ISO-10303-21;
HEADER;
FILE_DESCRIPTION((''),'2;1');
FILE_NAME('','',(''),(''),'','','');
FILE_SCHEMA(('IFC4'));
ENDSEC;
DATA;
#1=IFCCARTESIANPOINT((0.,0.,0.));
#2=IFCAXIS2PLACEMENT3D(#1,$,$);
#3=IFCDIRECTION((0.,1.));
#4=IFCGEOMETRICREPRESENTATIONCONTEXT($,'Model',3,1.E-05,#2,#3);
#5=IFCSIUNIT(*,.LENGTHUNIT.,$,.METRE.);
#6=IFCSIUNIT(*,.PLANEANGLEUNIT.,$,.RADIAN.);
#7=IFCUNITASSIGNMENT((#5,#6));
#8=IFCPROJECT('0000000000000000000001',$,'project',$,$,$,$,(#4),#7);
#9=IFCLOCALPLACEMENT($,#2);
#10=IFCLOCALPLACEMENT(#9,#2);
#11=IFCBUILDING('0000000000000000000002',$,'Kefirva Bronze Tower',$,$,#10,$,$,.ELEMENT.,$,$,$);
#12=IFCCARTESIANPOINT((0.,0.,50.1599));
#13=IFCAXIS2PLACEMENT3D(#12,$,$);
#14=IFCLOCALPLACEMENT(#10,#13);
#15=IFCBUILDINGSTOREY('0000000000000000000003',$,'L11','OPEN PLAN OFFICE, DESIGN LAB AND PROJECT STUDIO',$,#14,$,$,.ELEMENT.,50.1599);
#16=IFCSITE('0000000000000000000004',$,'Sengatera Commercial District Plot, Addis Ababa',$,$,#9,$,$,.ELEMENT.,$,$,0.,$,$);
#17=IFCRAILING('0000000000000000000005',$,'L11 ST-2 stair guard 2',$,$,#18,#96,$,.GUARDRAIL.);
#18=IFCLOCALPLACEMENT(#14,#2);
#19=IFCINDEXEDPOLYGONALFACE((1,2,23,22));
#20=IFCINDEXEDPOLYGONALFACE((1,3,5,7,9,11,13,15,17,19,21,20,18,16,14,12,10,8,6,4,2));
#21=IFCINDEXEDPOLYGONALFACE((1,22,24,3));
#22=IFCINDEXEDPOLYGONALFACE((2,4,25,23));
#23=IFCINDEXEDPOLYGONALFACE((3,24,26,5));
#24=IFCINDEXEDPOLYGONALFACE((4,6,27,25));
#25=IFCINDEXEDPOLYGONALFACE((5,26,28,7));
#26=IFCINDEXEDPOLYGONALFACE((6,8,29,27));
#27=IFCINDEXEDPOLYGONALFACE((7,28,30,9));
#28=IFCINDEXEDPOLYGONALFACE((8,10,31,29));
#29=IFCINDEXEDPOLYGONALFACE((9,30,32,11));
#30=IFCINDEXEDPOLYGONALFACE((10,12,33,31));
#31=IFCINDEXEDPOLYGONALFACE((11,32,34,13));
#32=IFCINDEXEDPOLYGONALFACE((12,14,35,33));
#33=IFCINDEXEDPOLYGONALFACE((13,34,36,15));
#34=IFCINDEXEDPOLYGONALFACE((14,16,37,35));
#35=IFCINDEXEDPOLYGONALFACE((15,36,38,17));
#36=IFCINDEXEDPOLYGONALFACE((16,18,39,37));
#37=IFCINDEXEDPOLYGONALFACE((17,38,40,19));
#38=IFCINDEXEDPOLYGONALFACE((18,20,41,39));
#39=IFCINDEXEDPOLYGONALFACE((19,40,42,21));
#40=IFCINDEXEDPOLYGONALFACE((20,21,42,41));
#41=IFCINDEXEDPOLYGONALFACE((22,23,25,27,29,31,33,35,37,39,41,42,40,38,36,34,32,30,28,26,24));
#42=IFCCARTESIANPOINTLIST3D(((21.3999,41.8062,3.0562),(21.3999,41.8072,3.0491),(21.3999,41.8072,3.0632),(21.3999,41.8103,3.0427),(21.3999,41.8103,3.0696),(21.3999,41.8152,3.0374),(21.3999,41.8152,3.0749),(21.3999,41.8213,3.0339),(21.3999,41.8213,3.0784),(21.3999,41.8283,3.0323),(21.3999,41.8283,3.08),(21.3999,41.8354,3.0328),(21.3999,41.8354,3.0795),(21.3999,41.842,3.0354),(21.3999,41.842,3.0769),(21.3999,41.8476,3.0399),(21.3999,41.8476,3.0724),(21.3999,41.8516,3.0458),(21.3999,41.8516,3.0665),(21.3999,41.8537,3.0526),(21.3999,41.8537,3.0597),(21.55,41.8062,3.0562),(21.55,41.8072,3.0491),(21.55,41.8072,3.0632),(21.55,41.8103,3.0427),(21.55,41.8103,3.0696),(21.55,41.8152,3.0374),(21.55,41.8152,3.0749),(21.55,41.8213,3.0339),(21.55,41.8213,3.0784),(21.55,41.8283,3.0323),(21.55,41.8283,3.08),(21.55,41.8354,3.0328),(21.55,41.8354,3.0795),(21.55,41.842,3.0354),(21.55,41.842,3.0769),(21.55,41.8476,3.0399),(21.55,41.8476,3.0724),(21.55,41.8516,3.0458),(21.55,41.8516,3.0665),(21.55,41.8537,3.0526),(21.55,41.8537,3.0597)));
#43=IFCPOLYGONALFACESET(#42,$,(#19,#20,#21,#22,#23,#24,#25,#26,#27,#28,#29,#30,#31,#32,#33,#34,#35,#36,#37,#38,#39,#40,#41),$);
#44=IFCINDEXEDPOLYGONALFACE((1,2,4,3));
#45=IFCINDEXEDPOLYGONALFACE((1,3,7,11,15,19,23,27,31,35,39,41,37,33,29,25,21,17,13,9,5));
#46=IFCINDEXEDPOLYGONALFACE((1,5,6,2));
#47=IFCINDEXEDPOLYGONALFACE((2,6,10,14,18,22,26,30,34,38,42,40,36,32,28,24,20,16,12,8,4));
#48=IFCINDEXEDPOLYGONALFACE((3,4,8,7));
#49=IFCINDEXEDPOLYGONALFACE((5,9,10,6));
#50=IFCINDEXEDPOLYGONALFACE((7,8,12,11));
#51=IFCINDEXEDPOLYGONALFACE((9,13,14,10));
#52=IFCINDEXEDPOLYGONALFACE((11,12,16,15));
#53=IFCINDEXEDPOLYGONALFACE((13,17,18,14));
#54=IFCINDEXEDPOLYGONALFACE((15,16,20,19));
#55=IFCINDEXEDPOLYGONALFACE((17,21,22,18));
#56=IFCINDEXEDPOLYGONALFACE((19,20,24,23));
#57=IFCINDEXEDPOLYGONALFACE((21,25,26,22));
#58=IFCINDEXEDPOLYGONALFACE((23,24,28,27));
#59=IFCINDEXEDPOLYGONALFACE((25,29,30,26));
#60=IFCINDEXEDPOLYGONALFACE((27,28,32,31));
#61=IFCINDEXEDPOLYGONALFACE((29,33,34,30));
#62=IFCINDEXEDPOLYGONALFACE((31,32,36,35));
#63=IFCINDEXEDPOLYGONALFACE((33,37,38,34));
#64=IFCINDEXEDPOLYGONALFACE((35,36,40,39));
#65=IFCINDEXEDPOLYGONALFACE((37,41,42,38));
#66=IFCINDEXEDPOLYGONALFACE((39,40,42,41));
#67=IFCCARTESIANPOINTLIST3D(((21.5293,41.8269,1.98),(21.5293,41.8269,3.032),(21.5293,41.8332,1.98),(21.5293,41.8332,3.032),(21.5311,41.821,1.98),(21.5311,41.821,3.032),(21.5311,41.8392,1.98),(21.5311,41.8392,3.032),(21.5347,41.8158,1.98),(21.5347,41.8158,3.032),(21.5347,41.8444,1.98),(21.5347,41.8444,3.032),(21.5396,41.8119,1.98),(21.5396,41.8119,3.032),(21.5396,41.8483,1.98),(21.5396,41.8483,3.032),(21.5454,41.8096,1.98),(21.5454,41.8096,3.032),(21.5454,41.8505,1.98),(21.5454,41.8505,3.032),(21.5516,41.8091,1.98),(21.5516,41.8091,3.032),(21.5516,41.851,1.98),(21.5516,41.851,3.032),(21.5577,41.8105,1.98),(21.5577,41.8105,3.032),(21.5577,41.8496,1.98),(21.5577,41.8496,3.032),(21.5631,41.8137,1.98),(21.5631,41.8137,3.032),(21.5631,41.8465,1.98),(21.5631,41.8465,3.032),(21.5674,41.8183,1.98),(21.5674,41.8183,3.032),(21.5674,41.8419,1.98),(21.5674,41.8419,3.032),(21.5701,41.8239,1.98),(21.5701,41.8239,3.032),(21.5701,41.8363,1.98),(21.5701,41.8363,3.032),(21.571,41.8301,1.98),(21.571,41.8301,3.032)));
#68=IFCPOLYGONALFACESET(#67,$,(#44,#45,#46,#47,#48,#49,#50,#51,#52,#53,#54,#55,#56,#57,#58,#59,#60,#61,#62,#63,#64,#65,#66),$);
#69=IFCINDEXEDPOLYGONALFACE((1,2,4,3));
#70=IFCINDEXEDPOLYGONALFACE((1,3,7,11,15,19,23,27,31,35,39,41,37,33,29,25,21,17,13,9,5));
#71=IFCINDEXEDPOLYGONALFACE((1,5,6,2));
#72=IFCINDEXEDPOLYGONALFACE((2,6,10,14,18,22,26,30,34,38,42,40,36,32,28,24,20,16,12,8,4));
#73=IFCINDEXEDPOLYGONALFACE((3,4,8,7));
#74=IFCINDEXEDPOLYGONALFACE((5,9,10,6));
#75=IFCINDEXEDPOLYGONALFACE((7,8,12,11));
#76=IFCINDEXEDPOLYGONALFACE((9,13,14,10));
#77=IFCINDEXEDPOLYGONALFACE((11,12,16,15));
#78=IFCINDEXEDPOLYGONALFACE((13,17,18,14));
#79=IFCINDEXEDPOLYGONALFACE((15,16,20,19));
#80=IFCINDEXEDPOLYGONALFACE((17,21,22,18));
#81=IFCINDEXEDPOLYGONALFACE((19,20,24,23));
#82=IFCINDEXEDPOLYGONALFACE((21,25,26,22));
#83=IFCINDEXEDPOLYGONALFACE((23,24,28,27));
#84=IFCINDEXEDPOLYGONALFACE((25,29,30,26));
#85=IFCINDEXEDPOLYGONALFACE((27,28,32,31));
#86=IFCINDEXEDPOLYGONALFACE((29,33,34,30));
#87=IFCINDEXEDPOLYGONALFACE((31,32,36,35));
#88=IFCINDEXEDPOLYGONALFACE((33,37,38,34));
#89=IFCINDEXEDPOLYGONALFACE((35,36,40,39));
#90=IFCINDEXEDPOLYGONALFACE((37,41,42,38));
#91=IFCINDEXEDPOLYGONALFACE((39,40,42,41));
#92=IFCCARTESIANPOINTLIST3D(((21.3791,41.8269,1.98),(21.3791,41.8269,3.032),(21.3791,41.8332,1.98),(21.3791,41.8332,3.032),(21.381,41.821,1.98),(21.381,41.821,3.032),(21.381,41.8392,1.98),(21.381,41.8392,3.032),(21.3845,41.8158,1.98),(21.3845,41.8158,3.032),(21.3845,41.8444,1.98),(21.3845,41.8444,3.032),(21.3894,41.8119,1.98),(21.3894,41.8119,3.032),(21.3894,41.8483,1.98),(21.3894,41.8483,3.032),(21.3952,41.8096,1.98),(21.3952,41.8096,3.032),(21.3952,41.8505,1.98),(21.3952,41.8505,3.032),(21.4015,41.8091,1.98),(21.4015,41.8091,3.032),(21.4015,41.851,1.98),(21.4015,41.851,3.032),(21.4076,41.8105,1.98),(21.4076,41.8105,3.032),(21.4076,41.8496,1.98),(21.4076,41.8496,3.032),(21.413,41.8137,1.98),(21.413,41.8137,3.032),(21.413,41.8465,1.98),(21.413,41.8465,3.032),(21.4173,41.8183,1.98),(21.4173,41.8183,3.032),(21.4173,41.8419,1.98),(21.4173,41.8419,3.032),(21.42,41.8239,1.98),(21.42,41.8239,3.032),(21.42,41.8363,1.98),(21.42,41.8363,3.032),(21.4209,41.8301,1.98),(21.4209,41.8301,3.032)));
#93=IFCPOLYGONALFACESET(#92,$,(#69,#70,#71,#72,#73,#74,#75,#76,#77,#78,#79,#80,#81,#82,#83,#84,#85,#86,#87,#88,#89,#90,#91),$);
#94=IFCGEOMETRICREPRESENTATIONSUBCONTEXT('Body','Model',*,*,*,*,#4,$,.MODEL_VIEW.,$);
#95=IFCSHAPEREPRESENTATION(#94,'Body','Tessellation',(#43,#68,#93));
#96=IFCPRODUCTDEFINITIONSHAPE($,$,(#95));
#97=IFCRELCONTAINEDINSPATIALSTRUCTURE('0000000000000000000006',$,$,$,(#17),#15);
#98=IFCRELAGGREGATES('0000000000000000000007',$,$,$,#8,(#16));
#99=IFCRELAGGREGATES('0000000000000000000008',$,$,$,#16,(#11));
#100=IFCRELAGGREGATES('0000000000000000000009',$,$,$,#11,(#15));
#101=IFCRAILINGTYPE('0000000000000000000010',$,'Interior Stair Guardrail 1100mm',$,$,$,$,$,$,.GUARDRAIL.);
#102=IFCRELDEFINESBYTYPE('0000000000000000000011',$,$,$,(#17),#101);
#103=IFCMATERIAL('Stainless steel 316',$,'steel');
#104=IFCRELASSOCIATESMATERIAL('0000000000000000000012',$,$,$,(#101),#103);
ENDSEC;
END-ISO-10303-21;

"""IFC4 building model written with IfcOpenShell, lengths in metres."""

from ifc_helpers import new_model, si_unit, direction, frame, origin, origin_2d, place, context, subcontext, project, spatial, circle, extrude, material, type_object, element, save


model = new_model("IFC4")

# Units and contexts
model_context = context("Model", 3, precision=1e-05, world=origin(), true_north=direction((0.0, 1.0)))
body_context = subcontext(model_context, "Body", "Model", "MODEL_VIEW")
ifc_project = project(units=[si_unit("LENGTHUNIT", "METRE"), si_unit("PLANEANGLEUNIT", "RADIAN")], contexts=[model_context])

# Site, building, storey
site_placement = place(None, origin())
site = spatial("IfcSite", under=ifc_project, at=site_placement, Name="Sengatera Commercial District Plot, Addis Ababa", CompositionType="ELEMENT", RefElevation=0.0)
building_placement = place(site_placement, origin())
building = spatial("IfcBuilding", under=site, at=building_placement, Name="Kefirva Bronze Tower", CompositionType="ELEMENT")
storey_placement = place(building_placement, frame((0.0, 0.0, 50.1599)))
storey = spatial("IfcBuildingStorey", under=building, at=storey_placement, Name="L11", Description="OPEN PLAN OFFICE, DESIGN LAB AND PROJECT STUDIO", CompositionType="ELEMENT", Elevation=50.1599)

# Railing
ifc_material_1 = material(Name="Stainless steel 316", Category="steel")
railing_type_1 = type_object("IfcRailingType", Name="Interior Stair Guardrail 1100mm", PredefinedType="GUARDRAIL", material=ifc_material_1)
railing_1_placement = place(storey_placement, frame((21.55, 41.8301, 1.98)))
element("IfcRailing", 1, at=railing_1_placement, inside=storey, type_object=railing_type_1, Name="L11 ST-2 stair guard 2", PredefinedType="GUARDRAIL", context=body_context, shape_type="SweptSolid", body=[
    extrude(circle(Radius=0.0239, at=origin_2d()), frame((0.0, 0.0, 1.0762), z_axis=(-1.0, 0.0, 0.0), x_axis=(0.0, -1.0, 0.0)), (0.0, 0.0, 1.0), 0.1501),
    extrude(circle(Radius=0.021, at=origin_2d()), origin(), (0.0, 0.0, 1.0), 1.052),
    extrude(circle(Radius=0.021, at=origin_2d()), frame((-0.1501, 0.0, 0.0)), (0.0, 0.0, 1.0), 1.052),
])

save(model, "model.ifc")
